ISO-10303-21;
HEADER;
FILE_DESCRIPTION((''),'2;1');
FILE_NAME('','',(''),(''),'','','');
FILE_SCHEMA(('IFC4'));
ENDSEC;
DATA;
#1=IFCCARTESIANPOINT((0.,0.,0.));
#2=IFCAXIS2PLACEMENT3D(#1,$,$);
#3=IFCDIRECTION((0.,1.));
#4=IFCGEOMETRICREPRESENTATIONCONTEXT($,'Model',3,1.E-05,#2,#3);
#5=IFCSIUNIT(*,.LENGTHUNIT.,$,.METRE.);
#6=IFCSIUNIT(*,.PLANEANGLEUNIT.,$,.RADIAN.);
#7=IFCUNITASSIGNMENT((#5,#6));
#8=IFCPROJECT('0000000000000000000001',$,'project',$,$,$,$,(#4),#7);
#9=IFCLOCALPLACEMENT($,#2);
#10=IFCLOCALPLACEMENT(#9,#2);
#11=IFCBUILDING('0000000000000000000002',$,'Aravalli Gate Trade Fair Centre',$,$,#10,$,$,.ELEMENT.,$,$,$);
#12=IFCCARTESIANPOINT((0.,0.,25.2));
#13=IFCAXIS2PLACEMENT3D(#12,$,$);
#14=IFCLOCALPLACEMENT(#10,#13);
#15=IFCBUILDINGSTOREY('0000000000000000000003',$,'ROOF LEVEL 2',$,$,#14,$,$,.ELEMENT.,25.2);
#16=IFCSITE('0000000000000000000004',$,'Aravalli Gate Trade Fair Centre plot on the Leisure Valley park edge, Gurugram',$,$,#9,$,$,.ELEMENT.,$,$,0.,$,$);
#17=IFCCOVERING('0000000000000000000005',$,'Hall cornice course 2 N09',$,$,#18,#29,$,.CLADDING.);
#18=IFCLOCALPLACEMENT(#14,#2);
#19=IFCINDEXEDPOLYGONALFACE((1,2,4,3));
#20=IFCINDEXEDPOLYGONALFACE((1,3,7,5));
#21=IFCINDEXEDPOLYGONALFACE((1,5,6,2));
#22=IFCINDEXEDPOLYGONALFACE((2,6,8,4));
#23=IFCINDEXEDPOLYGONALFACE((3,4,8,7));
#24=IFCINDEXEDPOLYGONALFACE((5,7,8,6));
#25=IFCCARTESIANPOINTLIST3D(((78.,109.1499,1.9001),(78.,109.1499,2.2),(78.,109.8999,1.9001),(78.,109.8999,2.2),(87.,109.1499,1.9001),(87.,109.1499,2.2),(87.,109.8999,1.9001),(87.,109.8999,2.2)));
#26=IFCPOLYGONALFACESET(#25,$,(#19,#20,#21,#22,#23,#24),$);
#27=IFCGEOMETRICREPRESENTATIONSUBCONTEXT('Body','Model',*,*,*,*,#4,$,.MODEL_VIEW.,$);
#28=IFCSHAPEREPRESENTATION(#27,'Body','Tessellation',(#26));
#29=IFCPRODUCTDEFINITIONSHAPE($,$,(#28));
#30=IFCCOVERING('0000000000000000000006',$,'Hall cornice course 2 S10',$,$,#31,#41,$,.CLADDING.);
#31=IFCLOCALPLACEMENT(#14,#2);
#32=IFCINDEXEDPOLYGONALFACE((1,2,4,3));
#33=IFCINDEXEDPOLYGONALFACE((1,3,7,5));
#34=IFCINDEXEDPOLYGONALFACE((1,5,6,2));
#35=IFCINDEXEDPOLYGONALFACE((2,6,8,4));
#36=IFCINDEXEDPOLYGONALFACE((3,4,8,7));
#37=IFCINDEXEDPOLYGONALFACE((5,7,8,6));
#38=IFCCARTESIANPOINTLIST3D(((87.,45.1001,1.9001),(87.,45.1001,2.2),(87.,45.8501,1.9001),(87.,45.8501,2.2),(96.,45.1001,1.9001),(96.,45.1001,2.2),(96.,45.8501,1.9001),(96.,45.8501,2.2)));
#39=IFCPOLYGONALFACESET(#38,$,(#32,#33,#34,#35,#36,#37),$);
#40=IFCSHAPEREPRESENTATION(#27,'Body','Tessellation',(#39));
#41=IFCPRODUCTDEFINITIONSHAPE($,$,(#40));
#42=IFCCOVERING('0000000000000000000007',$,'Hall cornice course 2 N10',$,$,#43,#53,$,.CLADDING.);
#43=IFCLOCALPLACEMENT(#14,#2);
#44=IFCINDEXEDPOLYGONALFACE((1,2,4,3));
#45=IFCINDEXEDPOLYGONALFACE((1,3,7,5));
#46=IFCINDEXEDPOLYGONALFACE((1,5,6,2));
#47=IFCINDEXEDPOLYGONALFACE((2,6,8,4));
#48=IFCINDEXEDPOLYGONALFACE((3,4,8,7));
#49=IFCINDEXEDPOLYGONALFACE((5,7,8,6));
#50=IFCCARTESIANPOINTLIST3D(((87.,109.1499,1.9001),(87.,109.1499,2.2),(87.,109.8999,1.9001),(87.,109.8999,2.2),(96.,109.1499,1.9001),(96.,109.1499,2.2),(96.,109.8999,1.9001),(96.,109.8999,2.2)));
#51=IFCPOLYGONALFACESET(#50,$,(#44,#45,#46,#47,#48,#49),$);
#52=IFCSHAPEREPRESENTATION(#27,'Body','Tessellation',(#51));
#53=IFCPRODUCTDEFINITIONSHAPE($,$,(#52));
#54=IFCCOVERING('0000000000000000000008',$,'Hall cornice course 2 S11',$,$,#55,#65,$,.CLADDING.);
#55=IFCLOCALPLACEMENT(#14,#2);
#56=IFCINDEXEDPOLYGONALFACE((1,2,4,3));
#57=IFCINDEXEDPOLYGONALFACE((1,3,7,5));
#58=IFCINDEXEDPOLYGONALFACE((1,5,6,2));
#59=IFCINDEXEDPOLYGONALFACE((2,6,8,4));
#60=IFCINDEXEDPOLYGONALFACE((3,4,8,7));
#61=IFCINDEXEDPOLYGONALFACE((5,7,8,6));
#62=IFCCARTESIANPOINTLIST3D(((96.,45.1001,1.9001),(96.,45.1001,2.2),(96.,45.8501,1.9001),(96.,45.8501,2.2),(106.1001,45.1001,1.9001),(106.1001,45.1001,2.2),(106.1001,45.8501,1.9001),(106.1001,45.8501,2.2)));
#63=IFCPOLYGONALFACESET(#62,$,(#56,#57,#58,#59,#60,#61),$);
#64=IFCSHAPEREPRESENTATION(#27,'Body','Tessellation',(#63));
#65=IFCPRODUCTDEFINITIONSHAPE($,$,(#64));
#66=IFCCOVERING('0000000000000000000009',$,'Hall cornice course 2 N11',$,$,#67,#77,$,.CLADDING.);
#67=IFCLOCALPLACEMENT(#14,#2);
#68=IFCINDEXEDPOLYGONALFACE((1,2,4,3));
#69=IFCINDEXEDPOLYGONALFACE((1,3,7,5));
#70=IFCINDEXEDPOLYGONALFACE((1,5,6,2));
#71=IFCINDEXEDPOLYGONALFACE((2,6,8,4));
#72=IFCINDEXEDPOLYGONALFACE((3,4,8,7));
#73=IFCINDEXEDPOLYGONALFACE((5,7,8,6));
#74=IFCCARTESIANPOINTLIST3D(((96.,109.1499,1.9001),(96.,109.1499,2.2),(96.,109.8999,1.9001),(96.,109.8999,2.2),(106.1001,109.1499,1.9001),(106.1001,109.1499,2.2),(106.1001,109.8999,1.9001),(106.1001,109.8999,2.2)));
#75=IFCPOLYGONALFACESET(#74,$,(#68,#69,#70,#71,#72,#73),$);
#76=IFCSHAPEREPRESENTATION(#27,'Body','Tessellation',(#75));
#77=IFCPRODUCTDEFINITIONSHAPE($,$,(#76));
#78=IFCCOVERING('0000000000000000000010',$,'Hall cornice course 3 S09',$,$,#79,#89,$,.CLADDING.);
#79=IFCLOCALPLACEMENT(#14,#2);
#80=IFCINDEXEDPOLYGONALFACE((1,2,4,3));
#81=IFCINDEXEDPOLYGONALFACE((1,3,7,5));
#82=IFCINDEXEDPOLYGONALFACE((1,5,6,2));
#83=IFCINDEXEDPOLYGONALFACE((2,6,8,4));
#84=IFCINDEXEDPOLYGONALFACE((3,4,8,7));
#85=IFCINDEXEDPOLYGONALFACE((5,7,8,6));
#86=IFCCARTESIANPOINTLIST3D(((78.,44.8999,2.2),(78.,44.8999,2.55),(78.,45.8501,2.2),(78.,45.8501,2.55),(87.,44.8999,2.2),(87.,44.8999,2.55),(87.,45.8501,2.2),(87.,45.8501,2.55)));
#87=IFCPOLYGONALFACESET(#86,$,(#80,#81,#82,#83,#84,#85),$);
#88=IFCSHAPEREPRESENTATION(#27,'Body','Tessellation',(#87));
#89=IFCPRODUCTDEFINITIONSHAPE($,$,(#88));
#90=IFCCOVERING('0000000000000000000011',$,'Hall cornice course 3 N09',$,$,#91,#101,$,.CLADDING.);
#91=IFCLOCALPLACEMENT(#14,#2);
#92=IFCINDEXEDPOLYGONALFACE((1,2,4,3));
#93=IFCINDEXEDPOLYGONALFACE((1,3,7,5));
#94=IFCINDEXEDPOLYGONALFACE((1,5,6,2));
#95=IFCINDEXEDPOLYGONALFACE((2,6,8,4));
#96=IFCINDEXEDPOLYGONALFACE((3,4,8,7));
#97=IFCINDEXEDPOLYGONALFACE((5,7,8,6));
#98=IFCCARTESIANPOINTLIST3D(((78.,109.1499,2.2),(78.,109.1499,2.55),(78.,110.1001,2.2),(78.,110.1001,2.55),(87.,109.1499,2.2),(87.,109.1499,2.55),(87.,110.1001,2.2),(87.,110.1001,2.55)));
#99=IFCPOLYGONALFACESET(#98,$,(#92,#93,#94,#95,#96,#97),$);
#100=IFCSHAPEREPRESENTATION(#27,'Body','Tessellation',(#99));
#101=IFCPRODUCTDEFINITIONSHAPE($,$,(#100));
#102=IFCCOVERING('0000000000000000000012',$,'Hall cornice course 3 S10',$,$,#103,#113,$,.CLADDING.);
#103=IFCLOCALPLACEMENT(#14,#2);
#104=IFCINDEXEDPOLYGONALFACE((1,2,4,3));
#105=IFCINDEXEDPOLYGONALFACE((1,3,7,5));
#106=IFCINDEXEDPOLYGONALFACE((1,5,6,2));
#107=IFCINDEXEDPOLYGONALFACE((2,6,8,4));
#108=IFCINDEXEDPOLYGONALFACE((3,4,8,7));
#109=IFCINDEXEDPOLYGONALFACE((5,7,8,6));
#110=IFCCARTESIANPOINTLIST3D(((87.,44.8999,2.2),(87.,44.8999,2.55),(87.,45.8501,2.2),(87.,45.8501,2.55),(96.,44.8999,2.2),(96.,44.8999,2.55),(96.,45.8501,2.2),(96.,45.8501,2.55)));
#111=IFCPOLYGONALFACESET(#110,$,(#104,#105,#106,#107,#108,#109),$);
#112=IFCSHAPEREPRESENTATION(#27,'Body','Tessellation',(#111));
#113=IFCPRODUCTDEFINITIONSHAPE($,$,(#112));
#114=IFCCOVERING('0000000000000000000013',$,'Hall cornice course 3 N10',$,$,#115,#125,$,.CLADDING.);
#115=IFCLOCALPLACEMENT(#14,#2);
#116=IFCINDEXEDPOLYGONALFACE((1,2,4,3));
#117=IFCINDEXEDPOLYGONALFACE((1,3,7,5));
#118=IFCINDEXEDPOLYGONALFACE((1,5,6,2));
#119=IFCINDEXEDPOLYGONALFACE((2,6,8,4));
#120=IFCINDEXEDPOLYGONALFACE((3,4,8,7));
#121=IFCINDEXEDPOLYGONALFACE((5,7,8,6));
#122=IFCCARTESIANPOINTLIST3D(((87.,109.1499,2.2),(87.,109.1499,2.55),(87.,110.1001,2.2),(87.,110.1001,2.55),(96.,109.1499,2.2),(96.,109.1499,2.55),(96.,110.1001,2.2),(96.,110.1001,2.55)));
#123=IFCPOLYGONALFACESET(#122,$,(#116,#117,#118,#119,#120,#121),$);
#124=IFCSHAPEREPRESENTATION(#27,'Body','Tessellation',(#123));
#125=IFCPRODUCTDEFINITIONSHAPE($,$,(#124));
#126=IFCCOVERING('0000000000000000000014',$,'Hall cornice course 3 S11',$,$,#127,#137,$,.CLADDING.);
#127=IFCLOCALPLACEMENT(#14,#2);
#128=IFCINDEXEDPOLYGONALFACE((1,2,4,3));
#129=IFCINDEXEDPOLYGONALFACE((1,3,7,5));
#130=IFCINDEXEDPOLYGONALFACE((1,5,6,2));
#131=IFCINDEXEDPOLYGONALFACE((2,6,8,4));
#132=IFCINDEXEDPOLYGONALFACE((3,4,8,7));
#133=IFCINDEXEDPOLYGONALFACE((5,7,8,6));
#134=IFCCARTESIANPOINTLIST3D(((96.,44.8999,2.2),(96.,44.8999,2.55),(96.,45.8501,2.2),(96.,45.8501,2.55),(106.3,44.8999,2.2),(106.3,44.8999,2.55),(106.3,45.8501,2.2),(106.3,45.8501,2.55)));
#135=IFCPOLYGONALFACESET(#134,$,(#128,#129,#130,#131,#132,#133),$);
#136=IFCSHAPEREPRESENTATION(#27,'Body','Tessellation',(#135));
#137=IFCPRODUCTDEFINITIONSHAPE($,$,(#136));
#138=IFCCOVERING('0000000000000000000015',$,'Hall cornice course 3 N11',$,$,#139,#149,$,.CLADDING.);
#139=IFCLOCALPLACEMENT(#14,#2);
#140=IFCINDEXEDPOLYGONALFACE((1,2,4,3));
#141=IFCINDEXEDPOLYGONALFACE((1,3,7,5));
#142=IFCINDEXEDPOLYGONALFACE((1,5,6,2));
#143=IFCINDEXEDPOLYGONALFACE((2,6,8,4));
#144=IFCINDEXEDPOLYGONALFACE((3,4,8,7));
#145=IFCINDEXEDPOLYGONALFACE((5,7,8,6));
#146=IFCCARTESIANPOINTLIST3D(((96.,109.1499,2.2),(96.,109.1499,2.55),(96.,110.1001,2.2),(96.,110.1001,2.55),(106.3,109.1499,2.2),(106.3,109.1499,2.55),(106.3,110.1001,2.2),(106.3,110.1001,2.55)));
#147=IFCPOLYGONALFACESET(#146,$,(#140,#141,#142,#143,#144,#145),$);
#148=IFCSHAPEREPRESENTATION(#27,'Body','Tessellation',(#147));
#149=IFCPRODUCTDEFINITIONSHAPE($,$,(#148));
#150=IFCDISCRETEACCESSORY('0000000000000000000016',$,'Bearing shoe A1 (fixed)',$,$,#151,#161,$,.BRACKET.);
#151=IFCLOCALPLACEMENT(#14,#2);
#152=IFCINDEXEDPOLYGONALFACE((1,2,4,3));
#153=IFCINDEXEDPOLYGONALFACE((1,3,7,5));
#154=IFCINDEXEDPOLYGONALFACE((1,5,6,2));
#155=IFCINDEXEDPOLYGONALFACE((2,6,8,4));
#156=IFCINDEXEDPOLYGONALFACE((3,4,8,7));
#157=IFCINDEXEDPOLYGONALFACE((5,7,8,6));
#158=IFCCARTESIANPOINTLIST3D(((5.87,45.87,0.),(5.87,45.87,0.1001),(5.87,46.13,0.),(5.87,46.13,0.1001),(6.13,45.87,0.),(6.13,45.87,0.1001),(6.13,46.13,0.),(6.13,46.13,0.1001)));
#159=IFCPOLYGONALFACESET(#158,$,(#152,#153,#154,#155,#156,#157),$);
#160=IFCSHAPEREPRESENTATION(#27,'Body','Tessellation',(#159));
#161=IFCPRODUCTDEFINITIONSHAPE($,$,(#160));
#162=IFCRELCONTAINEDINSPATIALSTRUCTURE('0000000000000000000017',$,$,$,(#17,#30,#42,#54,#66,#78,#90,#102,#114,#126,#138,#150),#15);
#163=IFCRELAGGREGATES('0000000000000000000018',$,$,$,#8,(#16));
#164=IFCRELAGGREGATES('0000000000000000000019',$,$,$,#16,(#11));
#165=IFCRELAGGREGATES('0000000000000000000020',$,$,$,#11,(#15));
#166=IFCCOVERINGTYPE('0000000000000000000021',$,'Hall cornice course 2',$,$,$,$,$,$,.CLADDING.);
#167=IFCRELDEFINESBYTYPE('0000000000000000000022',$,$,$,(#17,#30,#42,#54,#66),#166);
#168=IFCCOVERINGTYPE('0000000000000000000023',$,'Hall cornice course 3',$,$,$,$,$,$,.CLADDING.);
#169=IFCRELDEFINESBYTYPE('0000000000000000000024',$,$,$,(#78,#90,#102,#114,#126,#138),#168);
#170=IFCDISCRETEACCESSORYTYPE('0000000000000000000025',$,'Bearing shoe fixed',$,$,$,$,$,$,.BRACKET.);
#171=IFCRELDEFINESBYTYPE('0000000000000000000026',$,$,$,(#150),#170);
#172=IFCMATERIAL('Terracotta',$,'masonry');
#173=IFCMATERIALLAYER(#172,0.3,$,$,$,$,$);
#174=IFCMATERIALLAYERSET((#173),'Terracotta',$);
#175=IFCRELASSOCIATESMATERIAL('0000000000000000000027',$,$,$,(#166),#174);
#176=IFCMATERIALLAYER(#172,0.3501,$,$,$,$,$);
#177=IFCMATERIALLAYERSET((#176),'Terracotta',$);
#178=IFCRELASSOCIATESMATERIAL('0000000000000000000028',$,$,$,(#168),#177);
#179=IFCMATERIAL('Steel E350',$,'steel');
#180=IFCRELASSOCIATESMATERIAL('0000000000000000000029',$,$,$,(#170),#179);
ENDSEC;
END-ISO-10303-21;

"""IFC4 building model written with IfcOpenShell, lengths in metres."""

from ifc_helpers import new_model, si_unit, direction, frame, origin, origin_2d, place, context, subcontext, project, spatial, polyline, rectangle, outline, extrude, material, layer, layer_set, type_object, element, save


model = new_model("IFC4")

# Units and contexts
model_context = context("Model", 3, precision=1e-05, world=origin(), true_north=direction((0.0, 1.0)))
body_context = subcontext(model_context, "Body", "Model", "MODEL_VIEW")
ifc_project = project(units=[si_unit("LENGTHUNIT", "METRE"), si_unit("PLANEANGLEUNIT", "RADIAN")], contexts=[model_context])

# Site, building, storey
site_placement = place(None, origin())
site = spatial("IfcSite", under=ifc_project, at=site_placement, Name="Aravalli Gate Trade Fair Centre plot on the Leisure Valley park edge, Gurugram", CompositionType="ELEMENT", RefElevation=0.0)
building_placement = place(site_placement, origin())
building = spatial("IfcBuilding", under=site, at=building_placement, Name="Aravalli Gate Trade Fair Centre", CompositionType="ELEMENT")
storey_placement = place(building_placement, frame((0.0, 0.0, 25.2)))
storey = spatial("IfcBuildingStorey", under=building, at=storey_placement, Name="ROOF LEVEL 2", CompositionType="ELEMENT", Elevation=25.2)

# Shared definitions
ifc_material_1 = material(Name="Steel E350", Category="steel")

# Coverings
ifc_material_2 = material(Name="Terracotta", Category="masonry")
ifc_layer_1 = layer(ifc_material_2, 0.3)
ifc_layer_set_1 = layer_set([ifc_layer_1], Name="Terracotta")
covering_type_1 = type_object("IfcCoveringType", Name="Hall cornice course 2", PredefinedType="CLADDING", material=ifc_layer_set_1)
covering_1_placement = place(storey_placement, frame((0.0, 0.0, 1.9001)))
element("IfcCovering", 1, at=covering_1_placement, inside=storey, type_object=covering_type_1, Name="Hall cornice course 2 N09", PredefinedType="CLADDING", context=body_context, shape_type="SweptSolid", body=[
    extrude(outline(polyline([(78.0, 109.1499), (87.0, 109.1499), (87.0, 109.8999), (78.0, 109.8999), (78.0, 109.1499)])), origin(), (0.0, 0.0, 1.0), 0.2998),
])
covering_2_placement = place(storey_placement, frame((0.0, 0.0, 1.9001)))
element("IfcCovering", 2, at=covering_2_placement, inside=storey, type_object=covering_type_1, Name="Hall cornice course 2 S10", PredefinedType="CLADDING", context=body_context, shape_type="SweptSolid", body=[
    extrude(outline(polyline([(87.0, 45.1001), (96.0, 45.1001), (96.0, 45.8501), (87.0, 45.8501), (87.0, 45.1001)])), origin(), (0.0, 0.0, 1.0), 0.2998),
])
covering_3_placement = place(storey_placement, frame((0.0, 0.0, 1.9001)))
element("IfcCovering", 3, at=covering_3_placement, inside=storey, type_object=covering_type_1, Name="Hall cornice course 2 N10", PredefinedType="CLADDING", context=body_context, shape_type="SweptSolid", body=[
    extrude(outline(polyline([(87.0, 109.1499), (96.0, 109.1499), (96.0, 109.8999), (87.0, 109.8999), (87.0, 109.1499)])), origin(), (0.0, 0.0, 1.0), 0.2998),
])
covering_4_placement = place(storey_placement, frame((0.0, 0.0, 1.9001)))
element("IfcCovering", 4, at=covering_4_placement, inside=storey, type_object=covering_type_1, Name="Hall cornice course 2 S11", PredefinedType="CLADDING", context=body_context, shape_type="SweptSolid", body=[
    extrude(outline(polyline([(96.0, 45.1001), (106.1001, 45.1001), (106.1001, 45.8501), (96.0, 45.8501), (96.0, 45.1001)])), origin(), (0.0, 0.0, 1.0), 0.2998),
])
covering_5_placement = place(storey_placement, frame((0.0, 0.0, 1.9001)))
element("IfcCovering", 5, at=covering_5_placement, inside=storey, type_object=covering_type_1, Name="Hall cornice course 2 N11", PredefinedType="CLADDING", context=body_context, shape_type="SweptSolid", body=[
    extrude(outline(polyline([(96.0, 109.1499), (106.1001, 109.1499), (106.1001, 109.8999), (96.0, 109.8999), (96.0, 109.1499)])), origin(), (0.0, 0.0, 1.0), 0.2998),
])
ifc_layer_2 = layer(ifc_material_2, 0.3501)
ifc_layer_set_2 = layer_set([ifc_layer_2], Name="Terracotta")
covering_type_2 = type_object("IfcCoveringType", Name="Hall cornice course 3", PredefinedType="CLADDING", material=ifc_layer_set_2)
covering_6_placement = place(storey_placement, frame((0.0, 0.0, 2.2)))
element("IfcCovering", 6, at=covering_6_placement, inside=storey, type_object=covering_type_2, Name="Hall cornice course 3 S09", PredefinedType="CLADDING", context=body_context, shape_type="SweptSolid", body=[
    extrude(outline(polyline([(78.0, 44.8999), (87.0, 44.8999), (87.0, 45.8501), (78.0, 45.8501), (78.0, 44.8999)])), origin(), (0.0, 0.0, 1.0), 0.3501),
])
covering_7_placement = place(storey_placement, frame((0.0, 0.0, 2.2)))
element("IfcCovering", 7, at=covering_7_placement, inside=storey, type_object=covering_type_2, Name="Hall cornice course 3 N09", PredefinedType="CLADDING", context=body_context, shape_type="SweptSolid", body=[
    extrude(outline(polyline([(78.0, 109.1499), (87.0, 109.1499), (87.0, 110.1001), (78.0, 110.1001), (78.0, 109.1499)])), origin(), (0.0, 0.0, 1.0), 0.3501),
])
covering_8_placement = place(storey_placement, frame((0.0, 0.0, 2.2)))
element("IfcCovering", 8, at=covering_8_placement, inside=storey, type_object=covering_type_2, Name="Hall cornice course 3 S10", PredefinedType="CLADDING", context=body_context, shape_type="SweptSolid", body=[
    extrude(outline(polyline([(87.0, 44.8999), (96.0, 44.8999), (96.0, 45.8501), (87.0, 45.8501), (87.0, 44.8999)])), origin(), (0.0, 0.0, 1.0), 0.3501),
])
covering_9_placement = place(storey_placement, frame((0.0, 0.0, 2.2)))
element("IfcCovering", 9, at=covering_9_placement, inside=storey, type_object=covering_type_2, Name="Hall cornice course 3 N10", PredefinedType="CLADDING", context=body_context, shape_type="SweptSolid", body=[
    extrude(outline(polyline([(87.0, 109.1499), (96.0, 109.1499), (96.0, 110.1001), (87.0, 110.1001), (87.0, 109.1499)])), origin(), (0.0, 0.0, 1.0), 0.3501),
])
covering_10_placement = place(storey_placement, frame((0.0, 0.0, 2.2)))
element("IfcCovering", 10, at=covering_10_placement, inside=storey, type_object=covering_type_2, Name="Hall cornice course 3 S11", PredefinedType="CLADDING", context=body_context, shape_type="SweptSolid", body=[
    extrude(outline(polyline([(96.0, 44.8999), (106.3, 44.8999), (106.3, 45.8501), (96.0, 45.8501), (96.0, 44.8999)])), origin(), (0.0, 0.0, 1.0), 0.3501),
])
covering_11_placement = place(storey_placement, frame((0.0, 0.0, 2.2)))
element("IfcCovering", 11, at=covering_11_placement, inside=storey, type_object=covering_type_2, Name="Hall cornice course 3 N11", PredefinedType="CLADDING", context=body_context, shape_type="SweptSolid", body=[
    extrude(outline(polyline([(96.0, 109.1499), (106.3, 109.1499), (106.3, 110.1001), (96.0, 110.1001), (96.0, 109.1499)])), origin(), (0.0, 0.0, 1.0), 0.3501),
])

# Discrete accessory
discrete_accessory_type = type_object("IfcDiscreteAccessoryType", Name="Bearing shoe fixed", PredefinedType="BRACKET", material=ifc_material_1)
discrete_accessory_placement = place(storey_placement, frame((6.0, 46.0, 0.0), z_axis=(0.0, 0.0, 1.0), x_axis=(1.0, 0.0, 0.0)))
element("IfcDiscreteAccessory", 12, at=discrete_accessory_placement, inside=storey, type_object=discrete_accessory_type, Name="Bearing shoe A1 (fixed)", PredefinedType="BRACKET", context=body_context, shape_type="SweptSolid", body=[
    extrude(rectangle(XDim=0.26, YDim=0.26, at=origin_2d()), origin(), (0.0, 0.0, 1.0), 0.1001),
])

save(model, "model.ifc")
